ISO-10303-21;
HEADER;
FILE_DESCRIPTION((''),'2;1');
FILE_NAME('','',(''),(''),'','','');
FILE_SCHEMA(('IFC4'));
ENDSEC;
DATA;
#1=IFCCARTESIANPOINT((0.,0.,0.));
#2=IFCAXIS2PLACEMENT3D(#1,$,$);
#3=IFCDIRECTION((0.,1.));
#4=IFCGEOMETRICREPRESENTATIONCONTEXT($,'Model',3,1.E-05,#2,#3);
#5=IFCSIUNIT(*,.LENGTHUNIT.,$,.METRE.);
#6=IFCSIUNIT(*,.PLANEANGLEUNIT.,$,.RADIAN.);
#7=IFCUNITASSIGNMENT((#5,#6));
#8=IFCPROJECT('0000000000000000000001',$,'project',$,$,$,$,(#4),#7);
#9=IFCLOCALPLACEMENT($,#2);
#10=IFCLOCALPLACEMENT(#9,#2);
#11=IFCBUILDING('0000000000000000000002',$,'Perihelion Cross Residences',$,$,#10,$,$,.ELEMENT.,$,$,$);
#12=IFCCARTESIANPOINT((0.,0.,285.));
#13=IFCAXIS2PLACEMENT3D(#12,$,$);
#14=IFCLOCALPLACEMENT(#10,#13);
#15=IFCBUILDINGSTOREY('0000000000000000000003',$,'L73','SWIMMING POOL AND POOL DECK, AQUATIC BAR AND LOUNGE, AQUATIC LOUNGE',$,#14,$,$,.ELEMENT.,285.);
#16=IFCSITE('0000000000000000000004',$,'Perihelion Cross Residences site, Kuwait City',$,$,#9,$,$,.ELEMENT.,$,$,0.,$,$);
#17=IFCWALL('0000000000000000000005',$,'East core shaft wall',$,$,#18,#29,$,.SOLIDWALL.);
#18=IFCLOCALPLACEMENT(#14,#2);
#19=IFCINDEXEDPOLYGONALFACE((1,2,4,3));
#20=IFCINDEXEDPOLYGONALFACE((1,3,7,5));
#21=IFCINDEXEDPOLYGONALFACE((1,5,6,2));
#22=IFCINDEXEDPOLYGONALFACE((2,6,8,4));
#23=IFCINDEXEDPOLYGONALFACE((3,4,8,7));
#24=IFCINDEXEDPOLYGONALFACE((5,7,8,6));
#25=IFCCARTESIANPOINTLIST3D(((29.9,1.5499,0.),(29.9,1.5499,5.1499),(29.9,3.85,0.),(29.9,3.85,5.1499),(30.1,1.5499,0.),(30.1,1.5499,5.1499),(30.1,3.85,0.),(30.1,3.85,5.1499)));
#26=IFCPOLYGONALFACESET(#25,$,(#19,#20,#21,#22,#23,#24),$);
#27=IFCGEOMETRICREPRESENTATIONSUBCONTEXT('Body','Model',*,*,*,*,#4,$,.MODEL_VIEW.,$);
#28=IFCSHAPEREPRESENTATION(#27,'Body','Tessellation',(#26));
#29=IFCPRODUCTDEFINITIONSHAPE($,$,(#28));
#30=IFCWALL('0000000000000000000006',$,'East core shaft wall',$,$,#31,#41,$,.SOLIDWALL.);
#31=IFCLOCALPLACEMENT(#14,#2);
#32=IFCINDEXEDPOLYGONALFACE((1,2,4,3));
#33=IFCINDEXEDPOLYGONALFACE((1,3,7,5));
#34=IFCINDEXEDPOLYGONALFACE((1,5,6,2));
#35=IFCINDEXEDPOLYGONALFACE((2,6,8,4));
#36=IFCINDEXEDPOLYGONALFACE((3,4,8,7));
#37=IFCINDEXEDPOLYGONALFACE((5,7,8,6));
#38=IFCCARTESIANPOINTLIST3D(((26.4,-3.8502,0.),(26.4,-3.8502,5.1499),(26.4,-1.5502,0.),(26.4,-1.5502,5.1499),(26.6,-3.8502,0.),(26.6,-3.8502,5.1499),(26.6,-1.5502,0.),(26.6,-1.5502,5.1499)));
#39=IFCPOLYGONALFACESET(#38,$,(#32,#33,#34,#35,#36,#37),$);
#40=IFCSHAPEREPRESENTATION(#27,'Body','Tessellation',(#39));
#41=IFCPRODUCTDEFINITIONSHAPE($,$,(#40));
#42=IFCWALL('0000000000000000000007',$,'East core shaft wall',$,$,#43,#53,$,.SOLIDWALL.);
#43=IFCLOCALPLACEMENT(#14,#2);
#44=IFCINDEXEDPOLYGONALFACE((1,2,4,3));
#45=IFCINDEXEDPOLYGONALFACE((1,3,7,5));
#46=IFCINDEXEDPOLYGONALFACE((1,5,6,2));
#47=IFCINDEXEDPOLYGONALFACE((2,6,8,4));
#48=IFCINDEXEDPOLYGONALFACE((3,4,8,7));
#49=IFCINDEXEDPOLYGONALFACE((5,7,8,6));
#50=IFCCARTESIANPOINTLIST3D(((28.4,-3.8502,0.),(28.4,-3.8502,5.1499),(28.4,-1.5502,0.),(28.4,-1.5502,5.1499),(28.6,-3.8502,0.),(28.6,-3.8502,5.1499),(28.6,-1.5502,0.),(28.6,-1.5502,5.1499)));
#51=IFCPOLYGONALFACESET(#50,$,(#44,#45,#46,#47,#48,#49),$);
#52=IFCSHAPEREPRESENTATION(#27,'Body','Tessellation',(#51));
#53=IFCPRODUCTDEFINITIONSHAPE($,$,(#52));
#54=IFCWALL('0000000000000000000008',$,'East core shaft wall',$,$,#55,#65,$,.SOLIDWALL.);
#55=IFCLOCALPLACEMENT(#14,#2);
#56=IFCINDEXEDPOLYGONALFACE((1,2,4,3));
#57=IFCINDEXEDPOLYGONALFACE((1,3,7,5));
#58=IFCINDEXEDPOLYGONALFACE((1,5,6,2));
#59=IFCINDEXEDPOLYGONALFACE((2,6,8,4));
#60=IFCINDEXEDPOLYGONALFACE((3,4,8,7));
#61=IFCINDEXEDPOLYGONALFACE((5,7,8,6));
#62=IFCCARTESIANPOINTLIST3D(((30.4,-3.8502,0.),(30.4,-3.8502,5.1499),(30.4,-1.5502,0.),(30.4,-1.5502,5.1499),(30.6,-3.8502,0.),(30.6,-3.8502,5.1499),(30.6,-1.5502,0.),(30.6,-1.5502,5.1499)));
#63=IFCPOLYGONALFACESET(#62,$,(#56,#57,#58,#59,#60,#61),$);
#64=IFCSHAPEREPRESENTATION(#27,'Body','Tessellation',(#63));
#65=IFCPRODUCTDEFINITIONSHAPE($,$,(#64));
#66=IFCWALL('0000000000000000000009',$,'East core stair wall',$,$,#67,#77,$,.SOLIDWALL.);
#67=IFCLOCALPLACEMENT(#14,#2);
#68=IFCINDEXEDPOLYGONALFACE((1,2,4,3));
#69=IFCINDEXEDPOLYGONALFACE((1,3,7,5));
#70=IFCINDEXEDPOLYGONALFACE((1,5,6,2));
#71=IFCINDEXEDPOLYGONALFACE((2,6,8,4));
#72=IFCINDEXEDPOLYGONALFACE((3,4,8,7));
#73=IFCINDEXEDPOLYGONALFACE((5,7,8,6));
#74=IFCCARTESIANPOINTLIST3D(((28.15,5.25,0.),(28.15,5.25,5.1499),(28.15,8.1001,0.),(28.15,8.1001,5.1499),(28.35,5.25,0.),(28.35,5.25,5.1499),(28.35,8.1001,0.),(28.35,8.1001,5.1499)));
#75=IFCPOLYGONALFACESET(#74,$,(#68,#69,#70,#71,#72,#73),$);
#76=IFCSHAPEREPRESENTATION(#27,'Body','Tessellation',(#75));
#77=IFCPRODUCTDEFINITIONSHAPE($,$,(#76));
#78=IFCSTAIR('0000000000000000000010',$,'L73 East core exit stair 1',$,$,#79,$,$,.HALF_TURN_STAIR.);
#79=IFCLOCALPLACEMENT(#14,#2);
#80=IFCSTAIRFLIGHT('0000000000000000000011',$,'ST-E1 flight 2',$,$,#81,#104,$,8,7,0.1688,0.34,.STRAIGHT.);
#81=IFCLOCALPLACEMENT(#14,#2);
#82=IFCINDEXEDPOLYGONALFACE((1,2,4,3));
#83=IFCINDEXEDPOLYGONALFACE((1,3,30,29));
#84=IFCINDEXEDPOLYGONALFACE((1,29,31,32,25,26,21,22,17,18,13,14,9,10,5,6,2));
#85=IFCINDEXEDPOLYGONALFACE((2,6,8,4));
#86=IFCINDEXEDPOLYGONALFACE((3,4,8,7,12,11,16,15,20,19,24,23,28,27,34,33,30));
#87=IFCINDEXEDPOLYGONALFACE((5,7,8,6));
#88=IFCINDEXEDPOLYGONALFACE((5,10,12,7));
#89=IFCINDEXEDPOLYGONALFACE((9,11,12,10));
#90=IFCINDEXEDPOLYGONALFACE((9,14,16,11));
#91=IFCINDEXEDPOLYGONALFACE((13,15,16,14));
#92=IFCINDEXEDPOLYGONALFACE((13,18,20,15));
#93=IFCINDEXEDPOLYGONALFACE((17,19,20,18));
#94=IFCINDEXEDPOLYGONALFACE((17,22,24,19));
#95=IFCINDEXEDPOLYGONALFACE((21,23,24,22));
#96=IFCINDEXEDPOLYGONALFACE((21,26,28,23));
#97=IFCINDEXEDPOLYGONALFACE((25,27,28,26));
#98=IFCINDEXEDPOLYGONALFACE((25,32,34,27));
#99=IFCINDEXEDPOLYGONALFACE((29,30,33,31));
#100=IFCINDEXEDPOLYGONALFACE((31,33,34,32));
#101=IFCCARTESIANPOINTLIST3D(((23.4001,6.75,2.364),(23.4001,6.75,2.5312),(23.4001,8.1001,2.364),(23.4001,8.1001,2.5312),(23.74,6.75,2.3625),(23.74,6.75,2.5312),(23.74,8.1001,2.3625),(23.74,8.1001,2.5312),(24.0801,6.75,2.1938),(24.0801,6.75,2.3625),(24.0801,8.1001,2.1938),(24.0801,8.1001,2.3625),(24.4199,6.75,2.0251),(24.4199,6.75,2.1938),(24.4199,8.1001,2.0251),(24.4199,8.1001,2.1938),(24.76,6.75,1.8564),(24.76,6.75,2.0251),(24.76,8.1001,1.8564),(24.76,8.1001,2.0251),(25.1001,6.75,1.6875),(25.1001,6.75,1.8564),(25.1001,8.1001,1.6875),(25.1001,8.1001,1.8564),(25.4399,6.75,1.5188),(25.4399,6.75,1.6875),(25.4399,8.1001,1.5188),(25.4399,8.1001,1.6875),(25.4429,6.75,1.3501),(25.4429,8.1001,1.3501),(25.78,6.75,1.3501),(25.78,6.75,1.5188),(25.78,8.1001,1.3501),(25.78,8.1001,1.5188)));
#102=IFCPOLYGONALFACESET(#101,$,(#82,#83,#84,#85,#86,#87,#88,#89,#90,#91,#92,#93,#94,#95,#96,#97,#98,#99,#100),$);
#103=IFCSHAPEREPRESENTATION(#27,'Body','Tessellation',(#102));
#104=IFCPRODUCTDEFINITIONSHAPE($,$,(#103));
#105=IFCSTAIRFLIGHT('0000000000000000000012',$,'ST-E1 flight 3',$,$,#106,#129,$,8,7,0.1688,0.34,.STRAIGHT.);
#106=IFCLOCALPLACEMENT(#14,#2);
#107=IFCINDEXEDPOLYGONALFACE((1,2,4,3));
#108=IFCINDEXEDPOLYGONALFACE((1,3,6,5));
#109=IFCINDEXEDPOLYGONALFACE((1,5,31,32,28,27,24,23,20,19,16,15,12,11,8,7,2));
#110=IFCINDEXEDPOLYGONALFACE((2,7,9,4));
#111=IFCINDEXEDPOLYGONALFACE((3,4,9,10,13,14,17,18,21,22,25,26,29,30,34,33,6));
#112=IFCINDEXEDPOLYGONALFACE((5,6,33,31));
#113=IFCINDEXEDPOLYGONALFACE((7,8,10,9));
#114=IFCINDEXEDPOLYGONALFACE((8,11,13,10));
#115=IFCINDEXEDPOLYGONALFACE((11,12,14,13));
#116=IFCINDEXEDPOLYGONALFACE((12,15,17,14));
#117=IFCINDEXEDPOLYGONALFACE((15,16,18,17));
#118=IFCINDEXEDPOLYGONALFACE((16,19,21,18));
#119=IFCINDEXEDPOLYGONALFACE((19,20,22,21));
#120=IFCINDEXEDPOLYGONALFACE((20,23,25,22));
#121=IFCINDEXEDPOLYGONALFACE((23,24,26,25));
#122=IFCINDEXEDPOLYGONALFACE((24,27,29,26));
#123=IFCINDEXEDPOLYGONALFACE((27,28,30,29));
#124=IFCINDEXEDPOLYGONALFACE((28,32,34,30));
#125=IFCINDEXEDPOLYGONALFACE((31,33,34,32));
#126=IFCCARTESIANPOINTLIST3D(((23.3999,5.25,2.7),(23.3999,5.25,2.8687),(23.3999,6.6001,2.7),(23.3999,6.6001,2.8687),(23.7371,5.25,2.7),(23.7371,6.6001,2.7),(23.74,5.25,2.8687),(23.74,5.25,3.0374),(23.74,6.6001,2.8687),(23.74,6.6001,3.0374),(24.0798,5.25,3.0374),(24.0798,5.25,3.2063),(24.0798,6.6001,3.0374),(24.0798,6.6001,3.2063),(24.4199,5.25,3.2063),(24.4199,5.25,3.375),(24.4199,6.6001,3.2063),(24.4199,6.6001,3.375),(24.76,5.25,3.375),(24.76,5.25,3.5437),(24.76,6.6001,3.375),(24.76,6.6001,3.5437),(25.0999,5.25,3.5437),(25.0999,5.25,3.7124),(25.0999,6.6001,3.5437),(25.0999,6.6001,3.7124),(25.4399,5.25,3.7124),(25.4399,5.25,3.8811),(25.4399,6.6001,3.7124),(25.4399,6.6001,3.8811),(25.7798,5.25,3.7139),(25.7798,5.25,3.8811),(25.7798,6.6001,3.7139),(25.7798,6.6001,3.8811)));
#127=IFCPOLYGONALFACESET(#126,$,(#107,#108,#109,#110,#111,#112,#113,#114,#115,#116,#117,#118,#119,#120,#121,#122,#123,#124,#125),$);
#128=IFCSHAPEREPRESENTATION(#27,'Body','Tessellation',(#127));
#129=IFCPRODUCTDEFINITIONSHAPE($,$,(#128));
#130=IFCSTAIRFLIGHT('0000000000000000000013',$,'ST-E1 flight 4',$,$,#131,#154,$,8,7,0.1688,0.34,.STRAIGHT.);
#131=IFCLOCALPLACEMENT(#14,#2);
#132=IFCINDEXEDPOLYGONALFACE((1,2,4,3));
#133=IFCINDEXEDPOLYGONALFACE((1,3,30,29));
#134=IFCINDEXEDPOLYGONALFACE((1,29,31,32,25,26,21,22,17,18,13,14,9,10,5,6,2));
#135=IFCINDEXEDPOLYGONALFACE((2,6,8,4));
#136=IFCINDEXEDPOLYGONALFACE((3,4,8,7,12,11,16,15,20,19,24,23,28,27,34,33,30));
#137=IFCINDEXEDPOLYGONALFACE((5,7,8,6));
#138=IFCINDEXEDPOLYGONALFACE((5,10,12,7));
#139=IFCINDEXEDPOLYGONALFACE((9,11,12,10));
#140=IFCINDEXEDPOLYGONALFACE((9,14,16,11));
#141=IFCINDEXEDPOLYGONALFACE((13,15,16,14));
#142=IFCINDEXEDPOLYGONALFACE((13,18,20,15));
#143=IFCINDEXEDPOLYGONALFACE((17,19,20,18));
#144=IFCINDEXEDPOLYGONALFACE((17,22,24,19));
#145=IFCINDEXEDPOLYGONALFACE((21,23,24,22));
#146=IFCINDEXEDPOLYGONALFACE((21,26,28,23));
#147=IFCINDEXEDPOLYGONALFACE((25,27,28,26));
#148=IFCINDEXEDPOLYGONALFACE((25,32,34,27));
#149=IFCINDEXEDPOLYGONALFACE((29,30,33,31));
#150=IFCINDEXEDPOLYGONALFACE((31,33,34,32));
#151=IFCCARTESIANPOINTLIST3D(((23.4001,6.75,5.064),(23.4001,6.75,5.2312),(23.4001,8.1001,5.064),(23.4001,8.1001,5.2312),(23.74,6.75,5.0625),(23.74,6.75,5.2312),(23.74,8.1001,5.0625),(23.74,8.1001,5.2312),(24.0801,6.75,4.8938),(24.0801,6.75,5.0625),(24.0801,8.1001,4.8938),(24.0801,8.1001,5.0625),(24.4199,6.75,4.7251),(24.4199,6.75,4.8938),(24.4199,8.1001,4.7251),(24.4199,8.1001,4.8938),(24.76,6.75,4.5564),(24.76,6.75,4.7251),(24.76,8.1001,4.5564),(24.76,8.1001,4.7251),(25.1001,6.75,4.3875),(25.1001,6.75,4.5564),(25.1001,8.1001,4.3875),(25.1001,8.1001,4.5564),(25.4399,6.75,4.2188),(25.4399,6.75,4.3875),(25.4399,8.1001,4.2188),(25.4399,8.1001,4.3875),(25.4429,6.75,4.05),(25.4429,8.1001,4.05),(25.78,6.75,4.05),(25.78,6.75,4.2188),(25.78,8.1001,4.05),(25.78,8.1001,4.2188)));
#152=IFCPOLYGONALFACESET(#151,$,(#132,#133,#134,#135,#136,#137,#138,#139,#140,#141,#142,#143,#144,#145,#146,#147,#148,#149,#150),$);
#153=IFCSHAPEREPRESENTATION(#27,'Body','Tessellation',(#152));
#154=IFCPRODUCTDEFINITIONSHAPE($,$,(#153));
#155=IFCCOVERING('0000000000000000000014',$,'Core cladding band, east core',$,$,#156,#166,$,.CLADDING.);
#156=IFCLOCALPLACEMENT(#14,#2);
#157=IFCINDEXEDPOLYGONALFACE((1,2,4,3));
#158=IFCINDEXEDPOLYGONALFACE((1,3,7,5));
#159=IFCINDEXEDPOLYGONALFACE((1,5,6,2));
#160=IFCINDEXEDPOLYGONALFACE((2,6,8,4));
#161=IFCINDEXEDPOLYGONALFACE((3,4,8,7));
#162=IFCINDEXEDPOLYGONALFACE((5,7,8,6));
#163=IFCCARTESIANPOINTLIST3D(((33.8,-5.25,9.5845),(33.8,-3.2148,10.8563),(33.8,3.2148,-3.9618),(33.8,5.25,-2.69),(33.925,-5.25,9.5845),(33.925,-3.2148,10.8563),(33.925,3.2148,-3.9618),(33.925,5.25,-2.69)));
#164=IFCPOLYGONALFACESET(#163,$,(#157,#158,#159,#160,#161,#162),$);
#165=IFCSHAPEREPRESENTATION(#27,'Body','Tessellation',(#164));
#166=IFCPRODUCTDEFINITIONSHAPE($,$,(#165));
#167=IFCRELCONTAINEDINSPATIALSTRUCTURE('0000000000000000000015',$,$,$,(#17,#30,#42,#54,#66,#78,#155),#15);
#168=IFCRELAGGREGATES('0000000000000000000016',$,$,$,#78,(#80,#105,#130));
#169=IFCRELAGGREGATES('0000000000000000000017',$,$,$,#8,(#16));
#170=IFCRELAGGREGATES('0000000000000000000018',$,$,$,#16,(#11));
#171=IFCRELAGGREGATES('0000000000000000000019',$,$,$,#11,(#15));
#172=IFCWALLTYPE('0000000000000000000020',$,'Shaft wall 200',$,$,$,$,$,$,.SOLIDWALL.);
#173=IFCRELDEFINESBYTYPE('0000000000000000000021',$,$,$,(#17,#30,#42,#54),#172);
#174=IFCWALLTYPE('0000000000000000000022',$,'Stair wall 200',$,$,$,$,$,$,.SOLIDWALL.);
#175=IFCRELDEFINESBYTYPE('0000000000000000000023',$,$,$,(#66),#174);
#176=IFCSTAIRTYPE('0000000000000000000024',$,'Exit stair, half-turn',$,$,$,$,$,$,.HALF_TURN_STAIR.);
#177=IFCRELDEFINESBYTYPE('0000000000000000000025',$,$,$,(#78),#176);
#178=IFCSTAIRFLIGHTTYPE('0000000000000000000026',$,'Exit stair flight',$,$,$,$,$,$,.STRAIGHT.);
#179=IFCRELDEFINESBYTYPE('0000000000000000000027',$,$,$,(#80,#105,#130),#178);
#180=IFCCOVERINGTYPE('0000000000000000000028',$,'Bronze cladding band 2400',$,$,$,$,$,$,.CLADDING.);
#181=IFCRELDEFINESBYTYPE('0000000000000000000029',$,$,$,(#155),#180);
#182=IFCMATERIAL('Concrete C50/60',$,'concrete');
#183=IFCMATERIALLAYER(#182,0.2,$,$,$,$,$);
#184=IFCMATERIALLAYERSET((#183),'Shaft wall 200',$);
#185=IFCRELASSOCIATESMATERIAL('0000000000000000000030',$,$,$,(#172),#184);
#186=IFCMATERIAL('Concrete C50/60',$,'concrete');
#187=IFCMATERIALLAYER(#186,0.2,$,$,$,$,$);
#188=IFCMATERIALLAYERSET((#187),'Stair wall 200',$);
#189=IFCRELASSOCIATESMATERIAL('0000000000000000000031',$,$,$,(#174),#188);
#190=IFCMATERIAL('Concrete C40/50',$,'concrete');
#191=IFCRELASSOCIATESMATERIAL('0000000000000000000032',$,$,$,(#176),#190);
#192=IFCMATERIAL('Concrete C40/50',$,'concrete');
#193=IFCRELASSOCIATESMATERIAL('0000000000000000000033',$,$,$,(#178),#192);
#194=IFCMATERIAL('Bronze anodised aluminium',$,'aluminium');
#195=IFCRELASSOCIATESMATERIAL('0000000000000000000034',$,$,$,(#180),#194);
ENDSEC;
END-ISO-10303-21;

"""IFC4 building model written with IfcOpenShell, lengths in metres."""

from ifc_helpers import new_model, si_unit, direction, frame, frame_2d, origin, origin_2d, place, context, subcontext, project, spatial, polyline, rectangle, outline, extrude, material, layer, layer_set, material_profile, profile_set, type_object, element, aggregate, save


model = new_model("IFC4")

# Units and contexts
model_context = context("Model", 3, precision=1e-05, world=origin(), true_north=direction((0.0, 1.0)))
body_context = subcontext(model_context, "Body", "Model", "MODEL_VIEW")
ifc_project = project(units=[si_unit("LENGTHUNIT", "METRE"), si_unit("PLANEANGLEUNIT", "RADIAN")], contexts=[model_context])

# Site, building, storey
site_placement = place(None, origin())
site = spatial("IfcSite", under=ifc_project, at=site_placement, Name="Perihelion Cross Residences site, Kuwait City", CompositionType="ELEMENT", RefElevation=0.0)
building_placement = place(site_placement, origin())
building = spatial("IfcBuilding", under=site, at=building_placement, Name="Perihelion Cross Residences", CompositionType="ELEMENT")
storey_placement = place(building_placement, frame((0.0, 0.0, 285.0)))
storey = spatial("IfcBuildingStorey", under=building, at=storey_placement, Name="L73", Description="SWIMMING POOL AND POOL DECK, AQUATIC BAR AND LOUNGE, AQUATIC LOUNGE", CompositionType="ELEMENT", Elevation=285.0)

# Shared definitions
ifc_material_1 = material(Name="Concrete C50/60", Category="concrete")
ifc_layer_1 = layer(ifc_material_1, 0.2)
ifc_layer_set_1 = layer_set([ifc_layer_1], Name="Shaft wall 200")
wall_type_1 = type_object("IfcWallType", Name="Shaft wall 200", PredefinedType="SOLIDWALL", material=ifc_layer_set_1)

# Walls
for number, where, z_axis, x_axis, name in (
    (1, (30.0, 1.55, 0.0), (0.0, 0.0, 1.0), (0.0, 1.0, 0.0), "East core shaft wall"),
    (2, (26.5, -3.8501, 0.0), (0.0, 0.0, 1.0), (0.0, 1.0, 0.0), "East core shaft wall"),
    (3, (28.5, -3.8501, 0.0), (0.0, 0.0, 1.0), (0.0, 1.0, 0.0), "East core shaft wall"),
    (4, (30.5, -3.8501, 0.0), (0.0, 0.0, 1.0), (0.0, 1.0, 0.0), "East core shaft wall"),
):
    element("IfcWall", number, at=place(storey_placement, frame(where, z_axis=z_axis, x_axis=x_axis)), inside=storey, type_object=wall_type_1, Name=name, PredefinedType="SOLIDWALL", context=body_context, shape_type="SweptSolid", body=[
        extrude(rectangle(XDim=2.3, YDim=0.2, at=frame_2d((1.1499, 0.0))), origin(), (0.0, 0.0, 1.0), 5.1499),
    ])
ifc_material_2 = material(Name="Concrete C50/60", Category="concrete")
ifc_layer_2 = layer(ifc_material_2, 0.2)
ifc_layer_set_2 = layer_set([ifc_layer_2], Name="Stair wall 200")
wall_type_2 = type_object("IfcWallType", Name="Stair wall 200", PredefinedType="SOLIDWALL", material=ifc_layer_set_2)
wall_1_placement = place(storey_placement, frame((28.25, 5.25, 0.0), z_axis=(0.0, 0.0, 1.0), x_axis=(0.0, 1.0, 0.0)))
element("IfcWall", 5, at=wall_1_placement, inside=storey, type_object=wall_type_2, Name="East core stair wall", PredefinedType="SOLIDWALL", context=body_context, shape_type="SweptSolid", body=[
    extrude(rectangle(XDim=2.8501, YDim=0.2, at=frame_2d((1.425, 0.0))), origin(), (0.0, 0.0, 1.0), 5.1499),
])

# Stair, stair flights
ifc_material_3 = material(Name="Concrete C40/50", Category="concrete")
stair_type = type_object("IfcStairType", Name="Exit stair, half-turn", PredefinedType="HALF_TURN_STAIR", material=ifc_material_3)
stair_placement = place(storey_placement, origin())
stair = element("IfcStair", 6, at=stair_placement, inside=storey, type_object=stair_type, Name="L73 East core exit stair 1", PredefinedType="HALF_TURN_STAIR")
ifc_material_4 = material(Name="Concrete C40/50", Category="concrete")
stair_flight_type = type_object("IfcStairFlightType", Name="Exit stair flight", PredefinedType="STRAIGHT", material=ifc_material_4)
stair_flight_1_placement = place(storey_placement, frame((25.78, 7.425, 1.3501), z_axis=(0.0, 0.0, 1.0), x_axis=(-1.0, 0.0, 0.0)))
stair_flight_1 = element("IfcStairFlight", 7, at=stair_flight_1_placement, type_object=stair_flight_type, Name="ST-E1 flight 2", NumberOfRisers=8, NumberOfTreads=7, PredefinedType="STRAIGHT", RiserHeight=0.1688, TreadLength=0.34, context=body_context, shape_type="SweptSolid", body=[
    extrude(outline(polyline([(0.0, 0.0), (0.0, 0.1687), (0.3401, 0.1687), (0.3401, 0.3374), (0.6799, 0.3374), (0.6799, 0.5063), (1.02, 0.5063), (1.02, 0.675), (1.3601, 0.675), (1.3601, 0.8438), (1.7, 0.8438), (1.7, 1.0125), (2.04, 1.0125), (2.04, 1.1812), (2.3799, 1.1812), (2.3799, 1.3501), (2.3799, 1.0139), (0.3372, 0.0), (0.0, 0.0)])), frame((0.0, 0.675, 0.0), z_axis=(0.0, -1.0, 0.0), x_axis=(1.0, 0.0, 0.0)), (0.0, 0.0, 1.0), 1.3501),
])
stair_flight_2_placement = place(storey_placement, frame((23.3999, 5.925, 2.7), z_axis=(0.0, 0.0, 1.0), x_axis=(1.0, 0.0, 0.0)))
stair_flight_2 = element("IfcStairFlight", 8, at=stair_flight_2_placement, type_object=stair_flight_type, Name="ST-E1 flight 3", NumberOfRisers=8, NumberOfTreads=7, PredefinedType="STRAIGHT", RiserHeight=0.1688, TreadLength=0.34, context=body_context, shape_type="SweptSolid", body=[
    extrude(outline(polyline([(0.0, 0.0), (0.0, 0.1687), (0.3401, 0.1687), (0.3401, 0.3374), (0.6799, 0.3374), (0.6799, 0.5063), (1.02, 0.5063), (1.02, 0.675), (1.3601, 0.675), (1.3601, 0.8438), (1.7, 0.8438), (1.7, 1.0125), (2.04, 1.0125), (2.04, 1.1812), (2.3799, 1.1812), (2.3799, 1.3501), (2.3799, 1.0139), (0.3372, 0.0), (0.0, 0.0)])), frame((0.0, 0.675, 0.0), z_axis=(0.0, -1.0, 0.0), x_axis=(1.0, 0.0, 0.0)), (0.0, 0.0, 1.0), 1.3501),
])
stair_flight_3_placement = place(storey_placement, frame((25.78, 7.425, 4.05), z_axis=(0.0, 0.0, 1.0), x_axis=(-1.0, 0.0, 0.0)))
stair_flight_3 = element("IfcStairFlight", 9, at=stair_flight_3_placement, type_object=stair_flight_type, Name="ST-E1 flight 4", NumberOfRisers=8, NumberOfTreads=7, PredefinedType="STRAIGHT", RiserHeight=0.1688, TreadLength=0.34, context=body_context, shape_type="SweptSolid", body=[
    extrude(outline(polyline([(0.0, 0.0), (0.0, 0.1687), (0.3401, 0.1687), (0.3401, 0.3374), (0.6799, 0.3374), (0.6799, 0.5063), (1.02, 0.5063), (1.02, 0.675), (1.3601, 0.675), (1.3601, 0.8438), (1.7, 0.8438), (1.7, 1.0125), (2.04, 1.0125), (2.04, 1.1812), (2.3799, 1.1812), (2.3799, 1.3501), (2.3799, 1.0139), (0.3372, 0.0), (0.0, 0.0)])), frame((0.0, 0.675, 0.0), z_axis=(0.0, -1.0, 0.0), x_axis=(1.0, 0.0, 0.0)), (0.0, 0.0, 1.0), 1.3501),
])
aggregate(stair, [stair_flight_1, stair_flight_2, stair_flight_3])

# Covering
ifc_material_5 = material(Name="Bronze anodised aluminium", Category="aluminium")
ifc_material_profile = material_profile(ifc_material_5, rectangle(XDim=0.125, YDim=2.3999, at=origin_2d()), Name="Bronze cladding band 2400")
ifc_profile_set = profile_set([ifc_material_profile], Name="Bronze anodised aluminium")
covering_type = type_object("IfcCoveringType", Name="Bronze cladding band 2400", PredefinedType="CLADDING", material=ifc_profile_set)
covering_placement = place(storey_placement, frame((33.8625, 4.2324, -3.3259), z_axis=(0.0, -0.529925, 0.848045), x_axis=(1.0, 0.0, 0.0)))
element("IfcCovering", 10, at=covering_placement, inside=storey, type_object=covering_type, Name="Core cladding band, east core", PredefinedType="CLADDING", context=body_context, shape_type="SweptSolid", body=[
    extrude(rectangle(XDim=0.125, YDim=2.3999, at=origin_2d()), origin(), (0.0, 0.0, 1.0), 15.9736),
])

save(model, "model.ifc")
